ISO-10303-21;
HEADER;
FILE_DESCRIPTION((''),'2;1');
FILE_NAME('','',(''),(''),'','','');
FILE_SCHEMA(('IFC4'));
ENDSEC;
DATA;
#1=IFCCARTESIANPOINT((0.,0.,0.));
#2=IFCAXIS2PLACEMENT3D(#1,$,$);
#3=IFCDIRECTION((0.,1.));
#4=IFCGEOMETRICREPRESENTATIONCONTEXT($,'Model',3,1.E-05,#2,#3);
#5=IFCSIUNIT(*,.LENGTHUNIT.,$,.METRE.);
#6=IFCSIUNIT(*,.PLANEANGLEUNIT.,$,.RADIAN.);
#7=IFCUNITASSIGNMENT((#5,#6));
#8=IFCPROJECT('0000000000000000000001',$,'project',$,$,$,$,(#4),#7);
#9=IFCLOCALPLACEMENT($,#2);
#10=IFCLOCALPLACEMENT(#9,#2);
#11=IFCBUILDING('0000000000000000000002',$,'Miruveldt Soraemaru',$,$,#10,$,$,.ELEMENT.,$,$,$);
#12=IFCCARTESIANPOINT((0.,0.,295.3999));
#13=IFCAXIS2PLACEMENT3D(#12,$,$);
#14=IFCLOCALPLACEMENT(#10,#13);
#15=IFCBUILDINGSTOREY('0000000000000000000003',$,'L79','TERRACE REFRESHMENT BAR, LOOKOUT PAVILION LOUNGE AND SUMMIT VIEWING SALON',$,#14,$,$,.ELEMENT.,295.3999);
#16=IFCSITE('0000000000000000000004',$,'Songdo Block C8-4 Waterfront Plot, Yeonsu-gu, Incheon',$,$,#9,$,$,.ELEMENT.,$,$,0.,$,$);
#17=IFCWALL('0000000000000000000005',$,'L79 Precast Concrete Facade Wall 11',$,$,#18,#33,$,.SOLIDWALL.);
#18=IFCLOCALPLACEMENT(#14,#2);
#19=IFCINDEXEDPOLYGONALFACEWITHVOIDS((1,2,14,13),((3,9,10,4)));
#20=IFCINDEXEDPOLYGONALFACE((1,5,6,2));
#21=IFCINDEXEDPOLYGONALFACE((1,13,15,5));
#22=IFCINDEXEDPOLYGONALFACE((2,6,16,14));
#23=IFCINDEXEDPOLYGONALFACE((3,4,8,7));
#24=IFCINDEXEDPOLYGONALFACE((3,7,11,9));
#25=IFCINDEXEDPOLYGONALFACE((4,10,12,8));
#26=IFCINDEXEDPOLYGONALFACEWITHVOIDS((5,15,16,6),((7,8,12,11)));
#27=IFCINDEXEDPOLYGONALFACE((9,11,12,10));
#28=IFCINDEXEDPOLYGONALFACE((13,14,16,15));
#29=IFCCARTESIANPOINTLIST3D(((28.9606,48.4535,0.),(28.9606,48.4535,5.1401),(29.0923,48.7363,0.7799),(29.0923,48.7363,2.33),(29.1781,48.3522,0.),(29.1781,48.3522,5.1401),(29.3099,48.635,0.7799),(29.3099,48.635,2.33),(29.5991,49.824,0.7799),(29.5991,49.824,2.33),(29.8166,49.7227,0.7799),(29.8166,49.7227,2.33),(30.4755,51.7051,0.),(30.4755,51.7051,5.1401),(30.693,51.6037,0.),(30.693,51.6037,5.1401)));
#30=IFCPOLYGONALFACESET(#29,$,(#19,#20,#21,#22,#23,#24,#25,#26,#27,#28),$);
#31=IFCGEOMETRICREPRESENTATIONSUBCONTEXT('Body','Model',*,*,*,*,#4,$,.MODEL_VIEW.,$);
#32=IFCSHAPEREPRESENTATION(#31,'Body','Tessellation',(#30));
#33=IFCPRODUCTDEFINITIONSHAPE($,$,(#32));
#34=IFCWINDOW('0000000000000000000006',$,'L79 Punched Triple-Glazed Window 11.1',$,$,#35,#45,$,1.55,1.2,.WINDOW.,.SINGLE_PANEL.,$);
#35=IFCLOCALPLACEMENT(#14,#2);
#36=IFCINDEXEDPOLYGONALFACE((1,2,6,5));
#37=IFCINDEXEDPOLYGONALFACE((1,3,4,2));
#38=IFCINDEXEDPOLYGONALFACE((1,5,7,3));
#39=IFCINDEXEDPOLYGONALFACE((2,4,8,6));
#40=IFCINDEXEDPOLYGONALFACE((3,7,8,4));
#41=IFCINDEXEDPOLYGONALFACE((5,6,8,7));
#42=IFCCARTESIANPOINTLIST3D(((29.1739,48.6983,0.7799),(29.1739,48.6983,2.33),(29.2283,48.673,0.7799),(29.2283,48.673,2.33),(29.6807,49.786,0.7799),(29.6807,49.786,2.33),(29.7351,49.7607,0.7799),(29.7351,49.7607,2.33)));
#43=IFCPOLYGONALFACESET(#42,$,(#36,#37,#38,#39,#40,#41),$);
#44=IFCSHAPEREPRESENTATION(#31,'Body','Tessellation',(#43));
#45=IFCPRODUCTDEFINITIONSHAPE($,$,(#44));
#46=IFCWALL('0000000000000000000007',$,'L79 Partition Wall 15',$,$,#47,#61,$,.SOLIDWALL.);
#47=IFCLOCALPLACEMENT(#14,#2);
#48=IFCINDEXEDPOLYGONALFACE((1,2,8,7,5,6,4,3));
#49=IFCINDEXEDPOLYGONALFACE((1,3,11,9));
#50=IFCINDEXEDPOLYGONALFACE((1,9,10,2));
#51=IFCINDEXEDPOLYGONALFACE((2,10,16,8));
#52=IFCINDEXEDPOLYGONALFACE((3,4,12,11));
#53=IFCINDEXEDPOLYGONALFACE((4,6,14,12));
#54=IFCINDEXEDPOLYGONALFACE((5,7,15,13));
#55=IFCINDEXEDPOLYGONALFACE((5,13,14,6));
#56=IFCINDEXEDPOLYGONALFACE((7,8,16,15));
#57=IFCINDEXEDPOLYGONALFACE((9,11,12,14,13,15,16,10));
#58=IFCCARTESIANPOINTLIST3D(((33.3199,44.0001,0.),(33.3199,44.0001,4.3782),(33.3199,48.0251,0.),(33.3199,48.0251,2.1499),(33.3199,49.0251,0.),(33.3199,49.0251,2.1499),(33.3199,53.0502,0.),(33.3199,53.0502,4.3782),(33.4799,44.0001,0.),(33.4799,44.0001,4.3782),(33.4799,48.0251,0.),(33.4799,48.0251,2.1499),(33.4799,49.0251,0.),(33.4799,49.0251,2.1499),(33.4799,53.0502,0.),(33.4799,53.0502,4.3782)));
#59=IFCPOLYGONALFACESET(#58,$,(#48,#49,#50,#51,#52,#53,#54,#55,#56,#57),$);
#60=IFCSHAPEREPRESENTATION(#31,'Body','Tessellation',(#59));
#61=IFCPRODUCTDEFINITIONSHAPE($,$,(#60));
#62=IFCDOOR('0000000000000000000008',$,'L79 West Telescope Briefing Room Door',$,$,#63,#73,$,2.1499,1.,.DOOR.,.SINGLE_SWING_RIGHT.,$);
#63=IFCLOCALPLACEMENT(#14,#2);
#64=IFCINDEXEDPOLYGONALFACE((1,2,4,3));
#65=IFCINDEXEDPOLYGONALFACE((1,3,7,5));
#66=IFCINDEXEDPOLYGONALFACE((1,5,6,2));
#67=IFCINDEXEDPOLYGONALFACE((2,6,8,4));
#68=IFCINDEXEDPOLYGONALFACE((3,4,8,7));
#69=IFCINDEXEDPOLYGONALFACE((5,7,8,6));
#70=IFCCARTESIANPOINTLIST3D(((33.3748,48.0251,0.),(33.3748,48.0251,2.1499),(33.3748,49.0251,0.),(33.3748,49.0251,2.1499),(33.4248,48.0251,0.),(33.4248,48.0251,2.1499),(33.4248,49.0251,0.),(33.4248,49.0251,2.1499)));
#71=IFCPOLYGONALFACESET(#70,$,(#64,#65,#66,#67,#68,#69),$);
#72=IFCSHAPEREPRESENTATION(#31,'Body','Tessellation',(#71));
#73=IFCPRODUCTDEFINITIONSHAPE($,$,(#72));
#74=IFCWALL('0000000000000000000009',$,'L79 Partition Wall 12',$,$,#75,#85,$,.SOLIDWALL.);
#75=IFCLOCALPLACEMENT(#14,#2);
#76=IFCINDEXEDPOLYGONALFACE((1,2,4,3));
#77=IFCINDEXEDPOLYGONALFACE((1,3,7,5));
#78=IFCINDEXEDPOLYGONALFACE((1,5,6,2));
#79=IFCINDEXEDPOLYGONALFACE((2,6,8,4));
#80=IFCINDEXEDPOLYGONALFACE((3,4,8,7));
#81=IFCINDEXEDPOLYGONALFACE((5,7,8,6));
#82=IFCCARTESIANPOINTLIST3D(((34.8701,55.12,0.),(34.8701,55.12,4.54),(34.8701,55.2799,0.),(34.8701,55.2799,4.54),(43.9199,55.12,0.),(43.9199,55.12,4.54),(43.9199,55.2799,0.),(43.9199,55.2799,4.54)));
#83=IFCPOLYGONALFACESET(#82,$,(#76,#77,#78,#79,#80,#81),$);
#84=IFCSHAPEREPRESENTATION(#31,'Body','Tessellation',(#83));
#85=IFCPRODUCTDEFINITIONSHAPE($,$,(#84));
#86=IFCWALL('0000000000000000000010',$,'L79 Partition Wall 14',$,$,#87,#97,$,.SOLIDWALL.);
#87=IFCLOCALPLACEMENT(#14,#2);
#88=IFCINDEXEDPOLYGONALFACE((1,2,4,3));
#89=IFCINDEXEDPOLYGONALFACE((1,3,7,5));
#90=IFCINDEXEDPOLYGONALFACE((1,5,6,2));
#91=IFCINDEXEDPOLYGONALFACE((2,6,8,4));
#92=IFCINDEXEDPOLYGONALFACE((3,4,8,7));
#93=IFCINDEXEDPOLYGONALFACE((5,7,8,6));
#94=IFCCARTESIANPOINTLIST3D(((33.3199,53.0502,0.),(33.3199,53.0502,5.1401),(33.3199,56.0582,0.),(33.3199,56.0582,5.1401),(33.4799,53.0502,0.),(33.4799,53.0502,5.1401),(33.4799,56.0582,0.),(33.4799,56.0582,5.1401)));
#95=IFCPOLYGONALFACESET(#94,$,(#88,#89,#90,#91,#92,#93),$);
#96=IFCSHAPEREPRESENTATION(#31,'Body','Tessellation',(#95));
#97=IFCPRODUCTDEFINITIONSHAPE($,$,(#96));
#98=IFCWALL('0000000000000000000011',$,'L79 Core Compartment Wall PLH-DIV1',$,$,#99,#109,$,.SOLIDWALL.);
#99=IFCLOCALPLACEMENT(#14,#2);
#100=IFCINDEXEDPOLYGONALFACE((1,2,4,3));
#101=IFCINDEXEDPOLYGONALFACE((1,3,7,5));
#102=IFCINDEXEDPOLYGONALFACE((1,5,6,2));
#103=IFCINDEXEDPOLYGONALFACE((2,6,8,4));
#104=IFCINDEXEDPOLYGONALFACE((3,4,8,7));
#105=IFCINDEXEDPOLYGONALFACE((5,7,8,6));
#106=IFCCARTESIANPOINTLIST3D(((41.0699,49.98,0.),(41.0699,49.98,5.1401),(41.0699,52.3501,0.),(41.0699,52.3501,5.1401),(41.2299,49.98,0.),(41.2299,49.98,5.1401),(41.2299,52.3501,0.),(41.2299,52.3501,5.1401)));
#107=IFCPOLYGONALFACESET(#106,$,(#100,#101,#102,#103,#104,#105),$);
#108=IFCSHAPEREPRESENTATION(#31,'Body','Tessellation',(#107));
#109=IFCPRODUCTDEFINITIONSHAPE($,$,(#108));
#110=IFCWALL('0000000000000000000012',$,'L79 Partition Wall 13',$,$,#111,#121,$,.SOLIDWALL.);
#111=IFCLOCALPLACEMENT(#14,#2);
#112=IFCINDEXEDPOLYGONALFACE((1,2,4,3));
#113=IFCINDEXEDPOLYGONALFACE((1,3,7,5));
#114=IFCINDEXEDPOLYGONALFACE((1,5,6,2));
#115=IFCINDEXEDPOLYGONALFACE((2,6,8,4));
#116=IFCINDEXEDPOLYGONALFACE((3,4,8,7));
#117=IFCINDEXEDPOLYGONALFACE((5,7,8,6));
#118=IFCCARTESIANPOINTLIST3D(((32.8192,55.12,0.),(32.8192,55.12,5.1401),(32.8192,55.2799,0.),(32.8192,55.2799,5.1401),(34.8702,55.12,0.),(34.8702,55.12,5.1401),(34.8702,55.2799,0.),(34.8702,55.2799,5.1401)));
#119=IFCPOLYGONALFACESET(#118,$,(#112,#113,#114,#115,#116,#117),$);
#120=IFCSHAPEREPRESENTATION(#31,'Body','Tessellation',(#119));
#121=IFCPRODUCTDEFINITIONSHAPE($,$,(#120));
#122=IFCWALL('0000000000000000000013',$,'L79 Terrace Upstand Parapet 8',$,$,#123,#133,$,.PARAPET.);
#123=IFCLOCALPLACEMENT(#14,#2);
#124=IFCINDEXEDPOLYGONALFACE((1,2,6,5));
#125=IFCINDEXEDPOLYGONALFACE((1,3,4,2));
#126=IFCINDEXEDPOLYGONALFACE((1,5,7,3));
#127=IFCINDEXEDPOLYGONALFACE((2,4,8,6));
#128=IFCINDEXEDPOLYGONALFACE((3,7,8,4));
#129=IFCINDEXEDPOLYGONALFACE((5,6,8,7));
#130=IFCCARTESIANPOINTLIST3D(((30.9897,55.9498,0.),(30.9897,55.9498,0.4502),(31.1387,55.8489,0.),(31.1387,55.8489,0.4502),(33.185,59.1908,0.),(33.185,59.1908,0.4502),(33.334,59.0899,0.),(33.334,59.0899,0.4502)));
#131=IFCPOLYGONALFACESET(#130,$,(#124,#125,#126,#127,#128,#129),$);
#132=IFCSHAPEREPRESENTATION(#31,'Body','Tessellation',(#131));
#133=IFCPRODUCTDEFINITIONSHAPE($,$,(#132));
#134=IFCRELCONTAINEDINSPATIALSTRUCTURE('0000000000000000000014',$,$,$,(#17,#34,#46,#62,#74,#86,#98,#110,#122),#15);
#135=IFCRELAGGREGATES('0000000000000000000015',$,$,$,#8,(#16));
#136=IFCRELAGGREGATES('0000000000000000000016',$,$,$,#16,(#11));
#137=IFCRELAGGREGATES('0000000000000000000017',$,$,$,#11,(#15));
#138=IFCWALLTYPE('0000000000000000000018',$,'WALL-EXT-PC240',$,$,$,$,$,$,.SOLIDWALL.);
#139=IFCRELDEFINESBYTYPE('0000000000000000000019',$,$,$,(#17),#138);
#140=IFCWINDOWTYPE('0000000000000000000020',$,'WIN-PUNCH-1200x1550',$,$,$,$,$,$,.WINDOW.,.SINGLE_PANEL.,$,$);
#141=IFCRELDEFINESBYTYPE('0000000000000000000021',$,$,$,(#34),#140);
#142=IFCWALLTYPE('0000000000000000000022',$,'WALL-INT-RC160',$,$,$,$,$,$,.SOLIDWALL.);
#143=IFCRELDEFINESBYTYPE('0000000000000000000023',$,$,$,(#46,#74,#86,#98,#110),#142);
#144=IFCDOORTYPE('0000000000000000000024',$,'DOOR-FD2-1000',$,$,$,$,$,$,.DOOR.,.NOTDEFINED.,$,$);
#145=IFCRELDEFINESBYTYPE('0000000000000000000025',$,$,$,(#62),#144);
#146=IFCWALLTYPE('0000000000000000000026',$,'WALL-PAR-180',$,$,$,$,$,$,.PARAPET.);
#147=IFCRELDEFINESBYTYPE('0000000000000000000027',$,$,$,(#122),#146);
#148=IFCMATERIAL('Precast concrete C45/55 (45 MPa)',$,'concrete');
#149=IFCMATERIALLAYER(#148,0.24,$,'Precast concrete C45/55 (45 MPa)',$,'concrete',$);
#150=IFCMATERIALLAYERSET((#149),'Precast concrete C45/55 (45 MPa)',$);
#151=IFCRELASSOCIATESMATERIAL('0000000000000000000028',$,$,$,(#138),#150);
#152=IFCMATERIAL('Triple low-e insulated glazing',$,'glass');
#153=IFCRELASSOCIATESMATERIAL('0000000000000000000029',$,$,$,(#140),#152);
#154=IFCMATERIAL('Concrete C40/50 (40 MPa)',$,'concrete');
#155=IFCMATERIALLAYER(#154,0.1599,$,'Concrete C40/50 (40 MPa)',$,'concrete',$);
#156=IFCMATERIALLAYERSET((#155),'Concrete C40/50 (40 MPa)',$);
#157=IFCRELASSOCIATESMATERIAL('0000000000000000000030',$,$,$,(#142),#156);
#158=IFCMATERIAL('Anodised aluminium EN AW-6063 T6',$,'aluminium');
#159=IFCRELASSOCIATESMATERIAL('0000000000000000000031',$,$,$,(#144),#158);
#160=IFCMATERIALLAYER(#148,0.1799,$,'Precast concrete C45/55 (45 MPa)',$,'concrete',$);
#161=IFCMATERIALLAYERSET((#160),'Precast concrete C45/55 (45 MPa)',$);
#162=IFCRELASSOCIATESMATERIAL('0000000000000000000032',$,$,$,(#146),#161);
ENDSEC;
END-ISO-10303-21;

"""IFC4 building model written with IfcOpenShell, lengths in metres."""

from ifc_helpers import new_model, si_unit, direction, frame, frame_2d, origin, place, context, subcontext, project, spatial, rectangle, extrude, material, layer, layer_set, type_object, element, fill, save


model = new_model("IFC4")

# Units and contexts
model_context = context("Model", 3, precision=1e-05, world=origin(), true_north=direction((0.0, 1.0)))
body_context = subcontext(model_context, "Body", "Model", "MODEL_VIEW")
ifc_project = project(units=[si_unit("LENGTHUNIT", "METRE"), si_unit("PLANEANGLEUNIT", "RADIAN")], contexts=[model_context])

# Site, building, storey
site_placement = place(None, origin())
site = spatial("IfcSite", under=ifc_project, at=site_placement, Name="Songdo Block C8-4 Waterfront Plot, Yeonsu-gu, Incheon", CompositionType="ELEMENT", RefElevation=0.0)
building_placement = place(site_placement, origin())
building = spatial("IfcBuilding", under=site, at=building_placement, Name="Miruveldt Soraemaru", CompositionType="ELEMENT")
storey_placement = place(building_placement, frame((0.0, 0.0, 295.3999)))
storey = spatial("IfcBuildingStorey", under=building, at=storey_placement, Name="L79", Description="TERRACE REFRESHMENT BAR, LOOKOUT PAVILION LOUNGE AND SUMMIT VIEWING SALON", CompositionType="ELEMENT", Elevation=295.3999)

# Shared definitions
ifc_material_1 = material(Name="Concrete C40/50 (40 MPa)", Category="concrete")

# Shared definitions
ifc_material_2 = material(Name="Precast concrete C45/55 (45 MPa)", Category="concrete")
ifc_layer_1 = layer(ifc_material_2, 0.24, Name="Precast concrete C45/55 (45 MPa)", Category="concrete")
ifc_layer_set_1 = layer_set([ifc_layer_1], Name="Precast concrete C45/55 (45 MPa)")
wall_type_1 = type_object("IfcWallType", Name="WALL-EXT-PC240", PredefinedType="SOLIDWALL", material=ifc_layer_set_1)
ifc_material_3 = material(Name="Triple low-e insulated glazing", Category="glass")

# Shared definitions
ifc_material_4 = material(Name="Anodised aluminium EN AW-6063 T6", Category="aluminium")

# Wall, opening, window
wall_1_placement = place(storey_placement, frame((30.5842, 51.6543, 0.0), z_axis=(0.0, 0.0, 1.0), x_axis=(-0.422323, -0.906446, 0.0)))
wall_1 = element("IfcWall", 1, at=wall_1_placement, inside=storey, type_object=wall_type_1, Name="L79 Precast Concrete Facade Wall 11", PredefinedType="SOLIDWALL", context=body_context, shape_type="SweptSolid", body=[
    extrude(rectangle(XDim=3.5872, YDim=0.24, at=frame_2d((1.7935, 0.0))), origin(), (0.0, 0.0, 1.0), 5.1401),
])
opening_1_placement = place(wall_1_placement, frame((2.075, 0.0, 0.78)))
opening_1 = element("IfcOpeningElement", 2, at=opening_1_placement, cuts=wall_1, PredefinedType="OPENING", context=body_context, shape_type="SweptSolid", body=[
    extrude(rectangle(XDim=1.2, YDim=1.55, at=frame_2d((0.6001, 0.7749))), frame((0.0, 0.1299, 0.0), z_axis=(0.0, -1.0, 0.0), x_axis=(1.0, 0.0, 0.0)), (0.0, 0.0, 1.0), 0.26),
])
window_type_1 = type_object("IfcWindowType", Name="WIN-PUNCH-1200x1550", PartitioningType="SINGLE_PANEL", PredefinedType="WINDOW", material=ifc_material_3)
window_1_placement = place(opening_1_placement, origin())
window_1 = element("IfcWindow", 3, at=window_1_placement, inside=storey, type_object=window_type_1, Name="L79 Punched Triple-Glazed Window 11.1", OverallHeight=1.55, OverallWidth=1.2, PartitioningType="SINGLE_PANEL", PredefinedType="WINDOW", context=body_context, shape_type="SweptSolid", body=[
    extrude(rectangle(XDim=1.2, YDim=1.55, at=frame_2d((0.6001, 0.7749))), frame((0.0, 0.03, 0.0), z_axis=(0.0, -1.0, 0.0), x_axis=(1.0, 0.0, 0.0)), (0.0, 0.0, 1.0), 0.0601),
])
fill(opening_1, window_1)

# Wall, opening, door
ifc_layer_2 = layer(ifc_material_1, 0.1599, Name="Concrete C40/50 (40 MPa)", Category="concrete")
ifc_layer_set_2 = layer_set([ifc_layer_2], Name="Concrete C40/50 (40 MPa)")
wall_type_2 = type_object("IfcWallType", Name="WALL-INT-RC160", PredefinedType="SOLIDWALL", material=ifc_layer_set_2)
wall_2_placement = place(storey_placement, frame((33.3999, 53.05, 0.0), z_axis=(0.0, 0.0, 1.0), x_axis=(0.0, -1.0, 0.0)))
wall_2 = element("IfcWall", 4, at=wall_2_placement, inside=storey, type_object=wall_type_2, Name="L79 Partition Wall 15", PredefinedType="SOLIDWALL", context=body_context, shape_type="SweptSolid", body=[
    extrude(rectangle(XDim=9.05, YDim=0.1599, at=frame_2d((4.5249, 0.0))), origin(), (0.0, 0.0, 1.0), 4.3782),
])
opening_2_placement = place(wall_2_placement, frame((4.0249, 0.0, 0.0)))
opening_2 = element("IfcOpeningElement", 5, at=opening_2_placement, cuts=wall_2, PredefinedType="OPENING", context=body_context, shape_type="SweptSolid", body=[
    extrude(rectangle(XDim=1.0, YDim=2.1499, at=frame_2d((0.5, 1.075))), frame((0.0, 0.0898, 0.0), z_axis=(0.0, -1.0, 0.0), x_axis=(1.0, 0.0, 0.0)), (0.0, 0.0, 1.0), 0.1799),
])
door_type_1 = type_object("IfcDoorType", Name="DOOR-FD2-1000", OperationType="NOTDEFINED", PredefinedType="DOOR", material=ifc_material_4)
door_1_placement = place(opening_2_placement, origin())
door_1 = element("IfcDoor", 6, at=door_1_placement, inside=storey, type_object=door_type_1, Name="L79 West Telescope Briefing Room Door", OperationType="SINGLE_SWING_RIGHT", OverallHeight=2.1499, OverallWidth=1.0, PredefinedType="DOOR", context=body_context, shape_type="SweptSolid", body=[
    extrude(rectangle(XDim=1.0, YDim=2.1499, at=frame_2d((0.5, 1.075))), frame((0.0, 0.0249, 0.0), z_axis=(0.0, -1.0, 0.0), x_axis=(1.0, 0.0, 0.0)), (0.0, 0.0, 1.0), 0.05),
])
fill(opening_2, door_1)

# Walls
wall_3_placement = place(storey_placement, frame((43.9199, 55.2, 0.0), z_axis=(0.0, 0.0, 1.0), x_axis=(-1.0, 0.0, 0.0)))
element("IfcWall", 7, at=wall_3_placement, inside=storey, type_object=wall_type_2, Name="L79 Partition Wall 12", PredefinedType="SOLIDWALL", context=body_context, shape_type="SweptSolid", body=[
    extrude(rectangle(XDim=9.0498, YDim=0.1599, at=frame_2d((4.5249, 0.0))), origin(), (0.0, 0.0, 1.0), 4.54),
])
wall_4_placement = place(storey_placement, frame((33.3999, 56.0581, 0.0), z_axis=(0.0, 0.0, 1.0), x_axis=(0.0, -1.0, 0.0)))
element("IfcWall", 8, at=wall_4_placement, inside=storey, type_object=wall_type_2, Name="L79 Partition Wall 14", PredefinedType="SOLIDWALL", context=body_context, shape_type="SweptSolid", body=[
    extrude(rectangle(XDim=3.0081, YDim=0.1599, at=frame_2d((1.5039, 0.0))), origin(), (0.0, 0.0, 1.0), 5.1401),
])
wall_5_placement = place(storey_placement, frame((41.1499, 49.98, 0.0), z_axis=(0.0, 0.0, 1.0), x_axis=(0.0, 1.0, 0.0)))
element("IfcWall", 9, at=wall_5_placement, inside=storey, type_object=wall_type_2, Name="L79 Core Compartment Wall PLH-DIV1", PredefinedType="SOLIDWALL", context=body_context, shape_type="SweptSolid", body=[
    extrude(rectangle(XDim=2.3701, YDim=0.1599, at=frame_2d((1.1851, 0.0))), origin(), (0.0, 0.0, 1.0), 5.1401),
])
wall_6_placement = place(storey_placement, frame((34.8701, 55.2, 0.0), z_axis=(0.0, 0.0, 1.0), x_axis=(-1.0, 0.0, 0.0)))
element("IfcWall", 10, at=wall_6_placement, inside=storey, type_object=wall_type_2, Name="L79 Partition Wall 13", PredefinedType="SOLIDWALL", context=body_context, shape_type="SweptSolid", body=[
    extrude(rectangle(XDim=2.051, YDim=0.1599, at=frame_2d((1.0254, 0.0))), origin(), (0.0, 0.0, 1.0), 5.1401),
])

# Wall
ifc_layer_3 = layer(ifc_material_2, 0.1799, Name="Precast concrete C45/55 (45 MPa)", Category="concrete")
ifc_layer_set_3 = layer_set([ifc_layer_3], Name="Precast concrete C45/55 (45 MPa)")
wall_type_3 = type_object("IfcWallType", Name="WALL-PAR-180", PredefinedType="PARAPET", material=ifc_layer_set_3)
wall_7_placement = place(storey_placement, frame((33.2595, 59.1404, 0.0), z_axis=(0.0, 0.0, 1.0), x_axis=(-0.560816, -0.82794, 0.0)))
element("IfcWall", 11, at=wall_7_placement, inside=storey, type_object=wall_type_3, Name="L79 Terrace Upstand Parapet 8", PredefinedType="PARAPET", context=body_context, shape_type="SweptSolid", body=[
    extrude(rectangle(XDim=3.9146, YDim=0.1799, at=frame_2d((1.9573, 0.0))), origin(), (0.0, 0.0, 1.0), 0.4502),
])

save(model, "model.ifc")
